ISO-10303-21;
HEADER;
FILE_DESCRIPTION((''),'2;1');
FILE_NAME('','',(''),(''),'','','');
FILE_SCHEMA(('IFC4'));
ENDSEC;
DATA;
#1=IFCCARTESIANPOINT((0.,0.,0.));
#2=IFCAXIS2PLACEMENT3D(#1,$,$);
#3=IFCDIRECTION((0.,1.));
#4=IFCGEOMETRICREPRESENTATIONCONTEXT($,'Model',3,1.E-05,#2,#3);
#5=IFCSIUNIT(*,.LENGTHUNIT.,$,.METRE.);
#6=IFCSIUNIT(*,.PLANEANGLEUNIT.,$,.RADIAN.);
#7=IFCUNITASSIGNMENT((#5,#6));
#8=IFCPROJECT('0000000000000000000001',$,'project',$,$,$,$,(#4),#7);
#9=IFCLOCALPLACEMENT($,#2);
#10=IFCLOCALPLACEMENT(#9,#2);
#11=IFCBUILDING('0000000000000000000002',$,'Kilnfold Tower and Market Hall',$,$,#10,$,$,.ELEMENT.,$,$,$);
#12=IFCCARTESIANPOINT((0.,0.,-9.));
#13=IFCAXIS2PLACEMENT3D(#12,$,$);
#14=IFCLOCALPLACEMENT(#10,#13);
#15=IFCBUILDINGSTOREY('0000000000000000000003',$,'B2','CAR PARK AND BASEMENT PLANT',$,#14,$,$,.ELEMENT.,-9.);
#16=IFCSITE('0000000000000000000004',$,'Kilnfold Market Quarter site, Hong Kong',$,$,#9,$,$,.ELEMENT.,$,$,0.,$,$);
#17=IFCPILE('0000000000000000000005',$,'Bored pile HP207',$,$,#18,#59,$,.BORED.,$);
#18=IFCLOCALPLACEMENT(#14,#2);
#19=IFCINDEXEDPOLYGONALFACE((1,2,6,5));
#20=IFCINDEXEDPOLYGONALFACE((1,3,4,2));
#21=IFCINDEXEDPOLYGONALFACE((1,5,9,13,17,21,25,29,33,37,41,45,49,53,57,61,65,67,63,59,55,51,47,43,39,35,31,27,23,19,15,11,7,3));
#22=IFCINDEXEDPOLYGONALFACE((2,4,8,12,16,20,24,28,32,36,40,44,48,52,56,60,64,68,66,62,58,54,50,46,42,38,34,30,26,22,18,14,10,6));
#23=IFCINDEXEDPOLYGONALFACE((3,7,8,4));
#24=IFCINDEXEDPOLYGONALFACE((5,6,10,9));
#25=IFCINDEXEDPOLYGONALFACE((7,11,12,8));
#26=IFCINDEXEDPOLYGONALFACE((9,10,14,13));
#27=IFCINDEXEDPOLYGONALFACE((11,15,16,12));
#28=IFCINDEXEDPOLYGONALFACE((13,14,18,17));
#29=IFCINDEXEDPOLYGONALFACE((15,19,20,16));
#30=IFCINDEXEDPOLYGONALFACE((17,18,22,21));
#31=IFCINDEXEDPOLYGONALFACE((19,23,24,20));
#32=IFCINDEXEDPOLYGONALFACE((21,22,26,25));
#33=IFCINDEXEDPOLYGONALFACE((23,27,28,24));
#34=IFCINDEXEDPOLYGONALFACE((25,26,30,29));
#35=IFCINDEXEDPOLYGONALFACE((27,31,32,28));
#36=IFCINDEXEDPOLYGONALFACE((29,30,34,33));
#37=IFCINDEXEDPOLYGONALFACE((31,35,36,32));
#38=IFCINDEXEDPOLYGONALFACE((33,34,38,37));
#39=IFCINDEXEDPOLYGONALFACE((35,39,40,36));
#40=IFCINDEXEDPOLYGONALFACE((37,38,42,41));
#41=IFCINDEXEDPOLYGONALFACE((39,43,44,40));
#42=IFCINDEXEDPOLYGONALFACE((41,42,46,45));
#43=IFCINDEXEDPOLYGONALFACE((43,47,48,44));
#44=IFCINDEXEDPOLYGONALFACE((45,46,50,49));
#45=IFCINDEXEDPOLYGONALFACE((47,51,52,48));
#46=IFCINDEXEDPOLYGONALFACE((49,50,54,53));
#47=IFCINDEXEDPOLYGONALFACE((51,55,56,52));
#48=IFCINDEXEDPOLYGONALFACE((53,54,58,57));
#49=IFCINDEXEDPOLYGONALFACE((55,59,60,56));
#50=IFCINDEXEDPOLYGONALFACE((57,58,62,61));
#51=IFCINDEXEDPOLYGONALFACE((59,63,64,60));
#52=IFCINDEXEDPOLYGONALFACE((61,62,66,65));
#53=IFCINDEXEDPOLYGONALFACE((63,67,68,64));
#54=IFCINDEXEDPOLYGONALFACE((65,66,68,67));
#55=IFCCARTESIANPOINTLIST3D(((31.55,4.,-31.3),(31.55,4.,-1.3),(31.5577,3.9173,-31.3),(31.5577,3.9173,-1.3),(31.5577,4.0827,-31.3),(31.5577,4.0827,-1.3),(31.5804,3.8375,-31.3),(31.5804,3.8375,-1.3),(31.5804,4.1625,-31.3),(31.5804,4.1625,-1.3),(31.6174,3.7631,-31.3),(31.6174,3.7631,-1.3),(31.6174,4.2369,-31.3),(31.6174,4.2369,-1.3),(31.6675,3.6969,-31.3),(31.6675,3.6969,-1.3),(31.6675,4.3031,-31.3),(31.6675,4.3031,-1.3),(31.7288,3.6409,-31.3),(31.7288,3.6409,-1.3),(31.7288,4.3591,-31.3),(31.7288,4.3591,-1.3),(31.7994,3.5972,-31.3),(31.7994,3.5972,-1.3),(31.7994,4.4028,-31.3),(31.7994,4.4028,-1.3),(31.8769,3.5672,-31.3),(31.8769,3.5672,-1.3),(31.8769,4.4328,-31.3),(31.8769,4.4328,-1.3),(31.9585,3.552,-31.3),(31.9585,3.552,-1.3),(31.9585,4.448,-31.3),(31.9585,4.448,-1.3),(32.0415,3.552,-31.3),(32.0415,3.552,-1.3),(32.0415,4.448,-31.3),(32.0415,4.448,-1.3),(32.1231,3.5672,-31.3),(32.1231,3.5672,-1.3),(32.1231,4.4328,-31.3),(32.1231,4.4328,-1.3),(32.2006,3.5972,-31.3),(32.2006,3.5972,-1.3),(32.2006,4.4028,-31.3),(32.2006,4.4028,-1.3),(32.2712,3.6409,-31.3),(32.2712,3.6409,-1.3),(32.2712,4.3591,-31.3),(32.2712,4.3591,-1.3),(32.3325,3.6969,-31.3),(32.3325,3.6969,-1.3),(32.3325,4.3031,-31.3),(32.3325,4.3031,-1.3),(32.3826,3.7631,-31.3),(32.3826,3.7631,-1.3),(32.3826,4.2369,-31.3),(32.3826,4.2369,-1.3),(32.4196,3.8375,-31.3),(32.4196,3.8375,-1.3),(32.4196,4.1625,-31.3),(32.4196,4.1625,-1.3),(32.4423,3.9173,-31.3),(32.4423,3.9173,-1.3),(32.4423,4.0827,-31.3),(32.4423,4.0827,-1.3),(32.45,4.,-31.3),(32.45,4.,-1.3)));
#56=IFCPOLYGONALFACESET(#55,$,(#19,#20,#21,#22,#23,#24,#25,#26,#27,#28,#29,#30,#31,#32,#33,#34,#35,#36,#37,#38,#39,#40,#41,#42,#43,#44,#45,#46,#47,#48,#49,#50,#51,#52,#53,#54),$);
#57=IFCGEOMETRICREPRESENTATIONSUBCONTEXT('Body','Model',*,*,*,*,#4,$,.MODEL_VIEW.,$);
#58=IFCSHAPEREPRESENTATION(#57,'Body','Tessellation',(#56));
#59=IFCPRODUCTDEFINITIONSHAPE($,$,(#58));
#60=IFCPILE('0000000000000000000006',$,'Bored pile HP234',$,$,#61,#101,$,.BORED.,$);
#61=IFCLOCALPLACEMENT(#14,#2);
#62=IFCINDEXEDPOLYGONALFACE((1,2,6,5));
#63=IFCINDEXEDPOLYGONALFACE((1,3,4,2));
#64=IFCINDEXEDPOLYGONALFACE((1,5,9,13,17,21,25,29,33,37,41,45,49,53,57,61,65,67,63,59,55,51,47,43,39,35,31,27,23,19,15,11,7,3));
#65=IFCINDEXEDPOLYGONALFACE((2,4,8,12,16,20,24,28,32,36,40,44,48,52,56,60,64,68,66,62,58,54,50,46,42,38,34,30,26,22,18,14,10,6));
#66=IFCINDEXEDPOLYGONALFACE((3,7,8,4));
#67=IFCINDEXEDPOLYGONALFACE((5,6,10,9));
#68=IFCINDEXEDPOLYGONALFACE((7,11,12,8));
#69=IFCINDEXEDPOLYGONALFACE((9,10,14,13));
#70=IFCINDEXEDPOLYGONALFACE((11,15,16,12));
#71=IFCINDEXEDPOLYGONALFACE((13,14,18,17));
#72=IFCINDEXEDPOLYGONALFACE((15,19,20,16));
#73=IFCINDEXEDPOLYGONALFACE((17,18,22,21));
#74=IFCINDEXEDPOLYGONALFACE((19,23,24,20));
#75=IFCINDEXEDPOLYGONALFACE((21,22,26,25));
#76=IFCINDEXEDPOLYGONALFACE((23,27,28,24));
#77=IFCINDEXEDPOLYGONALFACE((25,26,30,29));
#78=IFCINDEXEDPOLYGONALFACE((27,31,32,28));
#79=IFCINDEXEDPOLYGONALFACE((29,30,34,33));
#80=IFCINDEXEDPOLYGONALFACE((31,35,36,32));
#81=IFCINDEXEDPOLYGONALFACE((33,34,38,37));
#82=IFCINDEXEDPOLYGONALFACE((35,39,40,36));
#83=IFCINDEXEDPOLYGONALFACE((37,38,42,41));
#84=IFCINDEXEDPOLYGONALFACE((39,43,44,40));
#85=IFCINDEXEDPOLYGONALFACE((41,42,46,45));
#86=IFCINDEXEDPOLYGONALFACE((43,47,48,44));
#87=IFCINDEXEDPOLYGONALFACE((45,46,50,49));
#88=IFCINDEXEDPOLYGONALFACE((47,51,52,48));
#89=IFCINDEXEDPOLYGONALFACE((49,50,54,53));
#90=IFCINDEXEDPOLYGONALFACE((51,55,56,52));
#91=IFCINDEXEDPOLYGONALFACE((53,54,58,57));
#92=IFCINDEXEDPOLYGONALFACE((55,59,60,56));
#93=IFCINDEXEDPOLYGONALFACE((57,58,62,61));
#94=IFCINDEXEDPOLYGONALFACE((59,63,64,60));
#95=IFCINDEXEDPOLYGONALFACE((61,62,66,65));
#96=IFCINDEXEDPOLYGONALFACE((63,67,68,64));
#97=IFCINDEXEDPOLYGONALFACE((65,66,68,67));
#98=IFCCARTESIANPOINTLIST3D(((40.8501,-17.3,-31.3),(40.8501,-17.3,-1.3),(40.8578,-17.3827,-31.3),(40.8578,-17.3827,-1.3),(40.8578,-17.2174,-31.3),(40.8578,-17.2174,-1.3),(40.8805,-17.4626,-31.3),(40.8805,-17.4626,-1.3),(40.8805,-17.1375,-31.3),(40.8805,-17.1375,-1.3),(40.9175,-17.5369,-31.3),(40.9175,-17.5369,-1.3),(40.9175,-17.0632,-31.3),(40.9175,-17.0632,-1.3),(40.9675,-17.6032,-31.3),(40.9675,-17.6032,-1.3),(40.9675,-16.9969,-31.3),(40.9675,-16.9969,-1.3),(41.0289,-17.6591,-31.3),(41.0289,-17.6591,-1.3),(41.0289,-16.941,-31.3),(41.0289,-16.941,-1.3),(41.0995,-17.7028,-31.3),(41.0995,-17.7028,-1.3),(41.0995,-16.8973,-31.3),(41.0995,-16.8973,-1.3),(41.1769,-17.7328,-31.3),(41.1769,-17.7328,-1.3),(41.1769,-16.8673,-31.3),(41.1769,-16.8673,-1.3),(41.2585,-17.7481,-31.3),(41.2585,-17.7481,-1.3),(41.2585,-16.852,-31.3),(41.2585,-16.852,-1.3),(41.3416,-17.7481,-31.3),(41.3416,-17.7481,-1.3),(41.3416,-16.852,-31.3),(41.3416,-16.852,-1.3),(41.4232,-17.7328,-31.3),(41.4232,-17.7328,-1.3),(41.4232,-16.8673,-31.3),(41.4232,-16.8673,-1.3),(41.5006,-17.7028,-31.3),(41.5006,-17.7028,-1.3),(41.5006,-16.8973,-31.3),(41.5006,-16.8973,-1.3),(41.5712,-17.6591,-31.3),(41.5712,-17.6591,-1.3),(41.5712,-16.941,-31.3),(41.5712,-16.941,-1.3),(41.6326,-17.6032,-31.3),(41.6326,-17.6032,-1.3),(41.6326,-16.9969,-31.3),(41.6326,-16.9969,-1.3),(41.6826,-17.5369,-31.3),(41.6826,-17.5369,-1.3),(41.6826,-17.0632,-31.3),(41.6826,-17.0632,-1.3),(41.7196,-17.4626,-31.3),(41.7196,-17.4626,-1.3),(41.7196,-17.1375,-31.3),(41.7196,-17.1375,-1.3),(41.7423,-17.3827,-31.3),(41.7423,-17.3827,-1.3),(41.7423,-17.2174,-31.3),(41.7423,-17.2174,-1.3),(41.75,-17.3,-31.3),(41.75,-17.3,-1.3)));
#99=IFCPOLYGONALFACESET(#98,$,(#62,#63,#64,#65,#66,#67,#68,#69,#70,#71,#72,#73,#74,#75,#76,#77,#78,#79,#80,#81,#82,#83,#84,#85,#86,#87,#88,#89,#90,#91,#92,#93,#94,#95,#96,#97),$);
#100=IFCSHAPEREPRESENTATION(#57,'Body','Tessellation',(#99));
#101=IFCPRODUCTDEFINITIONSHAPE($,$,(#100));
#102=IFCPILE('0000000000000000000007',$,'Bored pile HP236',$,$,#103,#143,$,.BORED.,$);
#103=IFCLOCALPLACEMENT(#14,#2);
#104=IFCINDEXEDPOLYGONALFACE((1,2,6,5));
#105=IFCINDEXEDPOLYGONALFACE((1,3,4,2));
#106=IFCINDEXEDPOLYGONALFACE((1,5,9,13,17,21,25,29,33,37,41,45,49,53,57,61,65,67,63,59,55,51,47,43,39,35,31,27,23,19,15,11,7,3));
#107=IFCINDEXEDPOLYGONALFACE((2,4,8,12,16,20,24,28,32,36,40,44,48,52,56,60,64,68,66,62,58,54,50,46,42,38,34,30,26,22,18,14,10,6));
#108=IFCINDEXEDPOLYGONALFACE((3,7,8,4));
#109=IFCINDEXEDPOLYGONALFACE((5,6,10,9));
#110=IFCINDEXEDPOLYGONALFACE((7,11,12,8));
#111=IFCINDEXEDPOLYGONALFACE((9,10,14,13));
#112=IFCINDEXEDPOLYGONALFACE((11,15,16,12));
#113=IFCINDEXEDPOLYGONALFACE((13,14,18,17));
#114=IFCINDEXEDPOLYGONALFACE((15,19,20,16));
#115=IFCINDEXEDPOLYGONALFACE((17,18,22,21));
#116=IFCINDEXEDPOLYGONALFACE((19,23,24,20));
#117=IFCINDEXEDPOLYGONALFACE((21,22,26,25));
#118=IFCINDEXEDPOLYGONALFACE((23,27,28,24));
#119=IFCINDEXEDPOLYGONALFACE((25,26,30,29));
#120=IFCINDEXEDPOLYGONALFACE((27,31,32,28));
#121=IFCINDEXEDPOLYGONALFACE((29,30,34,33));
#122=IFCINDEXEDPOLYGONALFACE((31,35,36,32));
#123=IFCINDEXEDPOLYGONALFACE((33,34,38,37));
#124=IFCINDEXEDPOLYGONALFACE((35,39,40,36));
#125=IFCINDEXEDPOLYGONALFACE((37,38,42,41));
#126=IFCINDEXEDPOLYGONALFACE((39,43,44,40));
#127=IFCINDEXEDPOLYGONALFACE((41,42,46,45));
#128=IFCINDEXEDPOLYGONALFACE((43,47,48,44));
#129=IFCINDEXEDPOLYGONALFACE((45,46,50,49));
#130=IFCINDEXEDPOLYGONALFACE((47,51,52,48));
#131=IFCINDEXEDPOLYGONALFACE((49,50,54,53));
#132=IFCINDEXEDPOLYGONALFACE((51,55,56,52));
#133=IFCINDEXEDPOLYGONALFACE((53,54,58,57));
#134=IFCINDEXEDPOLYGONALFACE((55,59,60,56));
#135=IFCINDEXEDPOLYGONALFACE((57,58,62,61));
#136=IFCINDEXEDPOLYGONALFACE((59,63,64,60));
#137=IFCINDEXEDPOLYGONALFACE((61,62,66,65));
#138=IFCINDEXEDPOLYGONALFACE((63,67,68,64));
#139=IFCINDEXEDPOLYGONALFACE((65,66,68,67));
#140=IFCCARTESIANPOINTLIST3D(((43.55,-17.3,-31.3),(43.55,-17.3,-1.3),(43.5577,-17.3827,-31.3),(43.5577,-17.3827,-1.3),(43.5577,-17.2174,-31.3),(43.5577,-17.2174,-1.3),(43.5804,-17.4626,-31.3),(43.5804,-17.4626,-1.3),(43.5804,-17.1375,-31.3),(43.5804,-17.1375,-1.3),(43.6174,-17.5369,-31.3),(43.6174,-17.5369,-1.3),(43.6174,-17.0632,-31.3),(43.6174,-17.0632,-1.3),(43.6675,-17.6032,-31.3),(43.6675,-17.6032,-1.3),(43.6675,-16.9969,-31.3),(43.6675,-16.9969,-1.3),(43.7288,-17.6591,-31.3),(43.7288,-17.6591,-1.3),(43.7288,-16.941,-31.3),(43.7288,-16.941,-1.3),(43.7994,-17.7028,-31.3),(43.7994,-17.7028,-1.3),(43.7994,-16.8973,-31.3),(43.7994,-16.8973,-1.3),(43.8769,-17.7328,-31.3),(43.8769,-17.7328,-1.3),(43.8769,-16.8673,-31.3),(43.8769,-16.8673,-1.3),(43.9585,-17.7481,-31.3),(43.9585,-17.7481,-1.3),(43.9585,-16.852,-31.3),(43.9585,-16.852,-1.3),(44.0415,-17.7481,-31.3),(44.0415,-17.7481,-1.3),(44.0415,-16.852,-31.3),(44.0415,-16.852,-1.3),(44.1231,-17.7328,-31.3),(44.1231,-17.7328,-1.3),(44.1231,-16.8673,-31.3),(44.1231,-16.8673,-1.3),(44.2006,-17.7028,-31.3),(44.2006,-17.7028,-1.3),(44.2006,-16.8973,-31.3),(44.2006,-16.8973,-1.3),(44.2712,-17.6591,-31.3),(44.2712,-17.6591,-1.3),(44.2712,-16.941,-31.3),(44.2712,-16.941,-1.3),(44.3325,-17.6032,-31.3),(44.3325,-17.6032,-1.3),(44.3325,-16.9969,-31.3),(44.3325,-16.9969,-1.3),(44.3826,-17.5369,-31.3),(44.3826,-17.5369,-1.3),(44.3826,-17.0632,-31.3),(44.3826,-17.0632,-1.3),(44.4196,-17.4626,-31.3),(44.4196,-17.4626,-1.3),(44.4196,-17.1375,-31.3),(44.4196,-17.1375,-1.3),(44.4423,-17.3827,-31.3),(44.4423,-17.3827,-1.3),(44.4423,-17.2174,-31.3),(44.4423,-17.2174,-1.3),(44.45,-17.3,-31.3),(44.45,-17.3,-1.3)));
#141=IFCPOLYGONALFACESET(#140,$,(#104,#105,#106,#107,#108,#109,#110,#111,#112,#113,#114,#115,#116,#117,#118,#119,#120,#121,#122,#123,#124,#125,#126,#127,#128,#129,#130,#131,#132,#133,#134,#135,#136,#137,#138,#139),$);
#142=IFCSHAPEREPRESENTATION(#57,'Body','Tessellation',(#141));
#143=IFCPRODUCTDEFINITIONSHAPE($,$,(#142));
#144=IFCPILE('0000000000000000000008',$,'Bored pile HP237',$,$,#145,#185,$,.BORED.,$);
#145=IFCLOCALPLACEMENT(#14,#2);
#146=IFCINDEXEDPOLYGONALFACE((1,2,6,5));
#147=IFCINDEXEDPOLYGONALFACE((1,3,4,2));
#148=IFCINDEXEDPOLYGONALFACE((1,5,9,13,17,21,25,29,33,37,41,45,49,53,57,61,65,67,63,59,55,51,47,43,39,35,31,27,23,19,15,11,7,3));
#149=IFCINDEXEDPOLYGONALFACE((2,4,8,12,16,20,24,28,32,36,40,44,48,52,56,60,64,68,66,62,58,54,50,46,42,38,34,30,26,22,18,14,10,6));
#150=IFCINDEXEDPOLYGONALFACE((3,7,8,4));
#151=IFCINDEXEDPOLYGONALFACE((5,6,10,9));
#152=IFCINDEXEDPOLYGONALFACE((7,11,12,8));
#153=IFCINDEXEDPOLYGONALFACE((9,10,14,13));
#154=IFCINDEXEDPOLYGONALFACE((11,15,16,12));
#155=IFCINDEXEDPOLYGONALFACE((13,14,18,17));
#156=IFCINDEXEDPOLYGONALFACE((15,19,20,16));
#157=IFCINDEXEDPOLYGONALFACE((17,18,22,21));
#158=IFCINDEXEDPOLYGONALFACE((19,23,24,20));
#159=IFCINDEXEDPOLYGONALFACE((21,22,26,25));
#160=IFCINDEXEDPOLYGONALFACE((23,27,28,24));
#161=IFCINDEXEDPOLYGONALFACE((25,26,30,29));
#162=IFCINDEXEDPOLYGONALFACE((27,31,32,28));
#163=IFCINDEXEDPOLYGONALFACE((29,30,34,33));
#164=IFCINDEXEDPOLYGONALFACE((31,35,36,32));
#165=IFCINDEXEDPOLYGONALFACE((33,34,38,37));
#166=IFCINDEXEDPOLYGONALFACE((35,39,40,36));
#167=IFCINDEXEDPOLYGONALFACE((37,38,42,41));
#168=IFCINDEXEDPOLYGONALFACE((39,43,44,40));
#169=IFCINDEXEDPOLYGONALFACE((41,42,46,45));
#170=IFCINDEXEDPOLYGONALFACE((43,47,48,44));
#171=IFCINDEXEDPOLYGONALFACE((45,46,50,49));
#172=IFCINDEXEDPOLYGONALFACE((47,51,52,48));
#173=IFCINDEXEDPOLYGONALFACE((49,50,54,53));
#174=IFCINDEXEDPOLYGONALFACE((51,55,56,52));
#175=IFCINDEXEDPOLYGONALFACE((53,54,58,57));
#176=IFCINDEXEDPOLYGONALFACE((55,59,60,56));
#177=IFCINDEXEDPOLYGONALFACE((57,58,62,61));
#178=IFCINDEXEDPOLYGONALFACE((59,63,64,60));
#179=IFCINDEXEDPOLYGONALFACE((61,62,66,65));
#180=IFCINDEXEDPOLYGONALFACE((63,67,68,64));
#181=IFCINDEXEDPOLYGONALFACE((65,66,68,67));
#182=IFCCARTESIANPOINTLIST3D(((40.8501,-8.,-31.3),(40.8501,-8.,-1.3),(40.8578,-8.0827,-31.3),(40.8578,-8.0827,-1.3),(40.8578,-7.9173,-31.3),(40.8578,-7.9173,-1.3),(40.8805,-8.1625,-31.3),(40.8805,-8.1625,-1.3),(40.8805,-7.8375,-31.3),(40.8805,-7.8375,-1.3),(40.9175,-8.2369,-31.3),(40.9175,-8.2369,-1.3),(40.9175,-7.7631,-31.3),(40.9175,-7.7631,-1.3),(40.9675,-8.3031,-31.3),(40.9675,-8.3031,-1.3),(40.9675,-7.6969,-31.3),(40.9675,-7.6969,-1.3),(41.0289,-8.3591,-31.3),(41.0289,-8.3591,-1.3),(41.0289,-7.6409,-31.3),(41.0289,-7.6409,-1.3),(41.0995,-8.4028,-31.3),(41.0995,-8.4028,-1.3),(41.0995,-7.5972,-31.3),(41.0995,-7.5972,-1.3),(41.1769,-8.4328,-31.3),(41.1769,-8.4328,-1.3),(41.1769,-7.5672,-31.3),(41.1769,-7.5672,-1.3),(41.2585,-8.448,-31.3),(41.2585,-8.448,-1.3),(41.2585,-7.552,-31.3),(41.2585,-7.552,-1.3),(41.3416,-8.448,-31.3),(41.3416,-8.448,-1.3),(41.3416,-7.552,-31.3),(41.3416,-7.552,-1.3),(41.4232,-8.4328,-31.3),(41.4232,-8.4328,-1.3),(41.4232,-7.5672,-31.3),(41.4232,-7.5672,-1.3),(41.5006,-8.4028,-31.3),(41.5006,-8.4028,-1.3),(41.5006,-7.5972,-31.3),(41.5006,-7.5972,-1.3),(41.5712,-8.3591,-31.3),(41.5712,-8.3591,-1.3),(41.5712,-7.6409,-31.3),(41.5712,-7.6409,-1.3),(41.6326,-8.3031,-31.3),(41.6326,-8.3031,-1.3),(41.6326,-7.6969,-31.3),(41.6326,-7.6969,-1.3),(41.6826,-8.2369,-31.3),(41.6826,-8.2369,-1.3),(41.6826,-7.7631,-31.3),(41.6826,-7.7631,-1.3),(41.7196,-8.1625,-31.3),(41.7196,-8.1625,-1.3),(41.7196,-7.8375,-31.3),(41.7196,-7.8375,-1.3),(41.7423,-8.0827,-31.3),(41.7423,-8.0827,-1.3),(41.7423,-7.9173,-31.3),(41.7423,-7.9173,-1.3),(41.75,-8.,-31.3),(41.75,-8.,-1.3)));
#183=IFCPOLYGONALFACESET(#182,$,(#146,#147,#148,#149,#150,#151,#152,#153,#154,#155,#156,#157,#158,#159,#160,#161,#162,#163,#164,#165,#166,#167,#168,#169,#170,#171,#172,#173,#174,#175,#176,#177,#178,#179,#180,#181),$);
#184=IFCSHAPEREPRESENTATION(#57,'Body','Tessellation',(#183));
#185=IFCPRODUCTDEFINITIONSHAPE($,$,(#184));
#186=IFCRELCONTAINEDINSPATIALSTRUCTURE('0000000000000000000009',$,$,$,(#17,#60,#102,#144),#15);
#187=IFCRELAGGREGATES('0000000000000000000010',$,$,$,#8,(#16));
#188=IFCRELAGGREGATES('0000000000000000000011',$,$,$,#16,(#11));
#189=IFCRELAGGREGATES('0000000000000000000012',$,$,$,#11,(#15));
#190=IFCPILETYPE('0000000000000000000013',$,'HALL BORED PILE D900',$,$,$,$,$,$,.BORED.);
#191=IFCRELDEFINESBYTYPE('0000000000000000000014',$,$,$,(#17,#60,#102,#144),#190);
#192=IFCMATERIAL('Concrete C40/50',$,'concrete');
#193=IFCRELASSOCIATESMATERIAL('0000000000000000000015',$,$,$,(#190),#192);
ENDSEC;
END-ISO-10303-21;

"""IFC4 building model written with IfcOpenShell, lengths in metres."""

from ifc_helpers import new_model, si_unit, direction, frame, origin, origin_2d, place, context, subcontext, project, spatial, circle, extrude, source, transform, mapped, material, material_profile, profile_set, type_object, element, save


model = new_model("IFC4")

# Units and contexts
model_context = context("Model", 3, precision=1e-05, world=origin(), true_north=direction((0.0, 1.0)))
body_context = subcontext(model_context, "Body", "Model", "MODEL_VIEW")
ifc_project = project(units=[si_unit("LENGTHUNIT", "METRE"), si_unit("PLANEANGLEUNIT", "RADIAN")], contexts=[model_context])

# Site, building, storey
site_placement = place(None, origin())
site = spatial("IfcSite", under=ifc_project, at=site_placement, Name="Kilnfold Market Quarter site, Hong Kong", CompositionType="ELEMENT", RefElevation=0.0)
building_placement = place(site_placement, origin())
building = spatial("IfcBuilding", under=site, at=building_placement, Name="Kilnfold Tower and Market Hall", CompositionType="ELEMENT")
storey_placement = place(building_placement, frame((0.0, 0.0, -9.0)))
storey = spatial("IfcBuildingStorey", under=building, at=storey_placement, Name="B2", Description="CAR PARK AND BASEMENT PLANT", CompositionType="ELEMENT", Elevation=-9.0)

# Piles
ifc_material_1 = material(Name="Concrete C40/50", Category="concrete")
ifc_material_profile_1 = material_profile(ifc_material_1, circle(Radius=0.45, at=origin_2d()), Name="D900")
ifc_profile_set_1 = profile_set([ifc_material_profile_1], Name="Concrete C40/50")
pile_type = type_object("IfcPileType", Name="HALL BORED PILE D900", PredefinedType="BORED", material=ifc_profile_set_1)
shared_shape_1 = source(origin(), body_context, "Body", "SweptSolid", [
    extrude(circle(Radius=0.45, at=origin_2d()), origin(), (0.0, 0.0, 1.0), 30.0),
])
for number, where, z_axis, x_axis, name in (
    (1, (32.0, 4.0, -1.3), (0.0, 0.0, -1.0), (1.0, 0.0, 0.0), "Bored pile HP207"),
    (2, (41.3, -17.3, -1.3), (0.0, 0.0, -1.0), (1.0, 0.0, 0.0), "Bored pile HP234"),
    (3, (44.0, -17.3, -1.3), (0.0, 0.0, -1.0), (1.0, 0.0, 0.0), "Bored pile HP236"),
    (4, (41.3, -8.0, -1.3), (0.0, 0.0, -1.0), (1.0, 0.0, 0.0), "Bored pile HP237"),
):
    element("IfcPile", number, at=place(storey_placement, frame(where, z_axis=z_axis, x_axis=x_axis)), inside=storey, type_object=pile_type, Name=name, PredefinedType="BORED", context=body_context, shape_type="MappedRepresentation", body=[
        mapped(shared_shape_1, transform((0.0, 0.0, 0.0))),
    ])

save(model, "model.ifc")
